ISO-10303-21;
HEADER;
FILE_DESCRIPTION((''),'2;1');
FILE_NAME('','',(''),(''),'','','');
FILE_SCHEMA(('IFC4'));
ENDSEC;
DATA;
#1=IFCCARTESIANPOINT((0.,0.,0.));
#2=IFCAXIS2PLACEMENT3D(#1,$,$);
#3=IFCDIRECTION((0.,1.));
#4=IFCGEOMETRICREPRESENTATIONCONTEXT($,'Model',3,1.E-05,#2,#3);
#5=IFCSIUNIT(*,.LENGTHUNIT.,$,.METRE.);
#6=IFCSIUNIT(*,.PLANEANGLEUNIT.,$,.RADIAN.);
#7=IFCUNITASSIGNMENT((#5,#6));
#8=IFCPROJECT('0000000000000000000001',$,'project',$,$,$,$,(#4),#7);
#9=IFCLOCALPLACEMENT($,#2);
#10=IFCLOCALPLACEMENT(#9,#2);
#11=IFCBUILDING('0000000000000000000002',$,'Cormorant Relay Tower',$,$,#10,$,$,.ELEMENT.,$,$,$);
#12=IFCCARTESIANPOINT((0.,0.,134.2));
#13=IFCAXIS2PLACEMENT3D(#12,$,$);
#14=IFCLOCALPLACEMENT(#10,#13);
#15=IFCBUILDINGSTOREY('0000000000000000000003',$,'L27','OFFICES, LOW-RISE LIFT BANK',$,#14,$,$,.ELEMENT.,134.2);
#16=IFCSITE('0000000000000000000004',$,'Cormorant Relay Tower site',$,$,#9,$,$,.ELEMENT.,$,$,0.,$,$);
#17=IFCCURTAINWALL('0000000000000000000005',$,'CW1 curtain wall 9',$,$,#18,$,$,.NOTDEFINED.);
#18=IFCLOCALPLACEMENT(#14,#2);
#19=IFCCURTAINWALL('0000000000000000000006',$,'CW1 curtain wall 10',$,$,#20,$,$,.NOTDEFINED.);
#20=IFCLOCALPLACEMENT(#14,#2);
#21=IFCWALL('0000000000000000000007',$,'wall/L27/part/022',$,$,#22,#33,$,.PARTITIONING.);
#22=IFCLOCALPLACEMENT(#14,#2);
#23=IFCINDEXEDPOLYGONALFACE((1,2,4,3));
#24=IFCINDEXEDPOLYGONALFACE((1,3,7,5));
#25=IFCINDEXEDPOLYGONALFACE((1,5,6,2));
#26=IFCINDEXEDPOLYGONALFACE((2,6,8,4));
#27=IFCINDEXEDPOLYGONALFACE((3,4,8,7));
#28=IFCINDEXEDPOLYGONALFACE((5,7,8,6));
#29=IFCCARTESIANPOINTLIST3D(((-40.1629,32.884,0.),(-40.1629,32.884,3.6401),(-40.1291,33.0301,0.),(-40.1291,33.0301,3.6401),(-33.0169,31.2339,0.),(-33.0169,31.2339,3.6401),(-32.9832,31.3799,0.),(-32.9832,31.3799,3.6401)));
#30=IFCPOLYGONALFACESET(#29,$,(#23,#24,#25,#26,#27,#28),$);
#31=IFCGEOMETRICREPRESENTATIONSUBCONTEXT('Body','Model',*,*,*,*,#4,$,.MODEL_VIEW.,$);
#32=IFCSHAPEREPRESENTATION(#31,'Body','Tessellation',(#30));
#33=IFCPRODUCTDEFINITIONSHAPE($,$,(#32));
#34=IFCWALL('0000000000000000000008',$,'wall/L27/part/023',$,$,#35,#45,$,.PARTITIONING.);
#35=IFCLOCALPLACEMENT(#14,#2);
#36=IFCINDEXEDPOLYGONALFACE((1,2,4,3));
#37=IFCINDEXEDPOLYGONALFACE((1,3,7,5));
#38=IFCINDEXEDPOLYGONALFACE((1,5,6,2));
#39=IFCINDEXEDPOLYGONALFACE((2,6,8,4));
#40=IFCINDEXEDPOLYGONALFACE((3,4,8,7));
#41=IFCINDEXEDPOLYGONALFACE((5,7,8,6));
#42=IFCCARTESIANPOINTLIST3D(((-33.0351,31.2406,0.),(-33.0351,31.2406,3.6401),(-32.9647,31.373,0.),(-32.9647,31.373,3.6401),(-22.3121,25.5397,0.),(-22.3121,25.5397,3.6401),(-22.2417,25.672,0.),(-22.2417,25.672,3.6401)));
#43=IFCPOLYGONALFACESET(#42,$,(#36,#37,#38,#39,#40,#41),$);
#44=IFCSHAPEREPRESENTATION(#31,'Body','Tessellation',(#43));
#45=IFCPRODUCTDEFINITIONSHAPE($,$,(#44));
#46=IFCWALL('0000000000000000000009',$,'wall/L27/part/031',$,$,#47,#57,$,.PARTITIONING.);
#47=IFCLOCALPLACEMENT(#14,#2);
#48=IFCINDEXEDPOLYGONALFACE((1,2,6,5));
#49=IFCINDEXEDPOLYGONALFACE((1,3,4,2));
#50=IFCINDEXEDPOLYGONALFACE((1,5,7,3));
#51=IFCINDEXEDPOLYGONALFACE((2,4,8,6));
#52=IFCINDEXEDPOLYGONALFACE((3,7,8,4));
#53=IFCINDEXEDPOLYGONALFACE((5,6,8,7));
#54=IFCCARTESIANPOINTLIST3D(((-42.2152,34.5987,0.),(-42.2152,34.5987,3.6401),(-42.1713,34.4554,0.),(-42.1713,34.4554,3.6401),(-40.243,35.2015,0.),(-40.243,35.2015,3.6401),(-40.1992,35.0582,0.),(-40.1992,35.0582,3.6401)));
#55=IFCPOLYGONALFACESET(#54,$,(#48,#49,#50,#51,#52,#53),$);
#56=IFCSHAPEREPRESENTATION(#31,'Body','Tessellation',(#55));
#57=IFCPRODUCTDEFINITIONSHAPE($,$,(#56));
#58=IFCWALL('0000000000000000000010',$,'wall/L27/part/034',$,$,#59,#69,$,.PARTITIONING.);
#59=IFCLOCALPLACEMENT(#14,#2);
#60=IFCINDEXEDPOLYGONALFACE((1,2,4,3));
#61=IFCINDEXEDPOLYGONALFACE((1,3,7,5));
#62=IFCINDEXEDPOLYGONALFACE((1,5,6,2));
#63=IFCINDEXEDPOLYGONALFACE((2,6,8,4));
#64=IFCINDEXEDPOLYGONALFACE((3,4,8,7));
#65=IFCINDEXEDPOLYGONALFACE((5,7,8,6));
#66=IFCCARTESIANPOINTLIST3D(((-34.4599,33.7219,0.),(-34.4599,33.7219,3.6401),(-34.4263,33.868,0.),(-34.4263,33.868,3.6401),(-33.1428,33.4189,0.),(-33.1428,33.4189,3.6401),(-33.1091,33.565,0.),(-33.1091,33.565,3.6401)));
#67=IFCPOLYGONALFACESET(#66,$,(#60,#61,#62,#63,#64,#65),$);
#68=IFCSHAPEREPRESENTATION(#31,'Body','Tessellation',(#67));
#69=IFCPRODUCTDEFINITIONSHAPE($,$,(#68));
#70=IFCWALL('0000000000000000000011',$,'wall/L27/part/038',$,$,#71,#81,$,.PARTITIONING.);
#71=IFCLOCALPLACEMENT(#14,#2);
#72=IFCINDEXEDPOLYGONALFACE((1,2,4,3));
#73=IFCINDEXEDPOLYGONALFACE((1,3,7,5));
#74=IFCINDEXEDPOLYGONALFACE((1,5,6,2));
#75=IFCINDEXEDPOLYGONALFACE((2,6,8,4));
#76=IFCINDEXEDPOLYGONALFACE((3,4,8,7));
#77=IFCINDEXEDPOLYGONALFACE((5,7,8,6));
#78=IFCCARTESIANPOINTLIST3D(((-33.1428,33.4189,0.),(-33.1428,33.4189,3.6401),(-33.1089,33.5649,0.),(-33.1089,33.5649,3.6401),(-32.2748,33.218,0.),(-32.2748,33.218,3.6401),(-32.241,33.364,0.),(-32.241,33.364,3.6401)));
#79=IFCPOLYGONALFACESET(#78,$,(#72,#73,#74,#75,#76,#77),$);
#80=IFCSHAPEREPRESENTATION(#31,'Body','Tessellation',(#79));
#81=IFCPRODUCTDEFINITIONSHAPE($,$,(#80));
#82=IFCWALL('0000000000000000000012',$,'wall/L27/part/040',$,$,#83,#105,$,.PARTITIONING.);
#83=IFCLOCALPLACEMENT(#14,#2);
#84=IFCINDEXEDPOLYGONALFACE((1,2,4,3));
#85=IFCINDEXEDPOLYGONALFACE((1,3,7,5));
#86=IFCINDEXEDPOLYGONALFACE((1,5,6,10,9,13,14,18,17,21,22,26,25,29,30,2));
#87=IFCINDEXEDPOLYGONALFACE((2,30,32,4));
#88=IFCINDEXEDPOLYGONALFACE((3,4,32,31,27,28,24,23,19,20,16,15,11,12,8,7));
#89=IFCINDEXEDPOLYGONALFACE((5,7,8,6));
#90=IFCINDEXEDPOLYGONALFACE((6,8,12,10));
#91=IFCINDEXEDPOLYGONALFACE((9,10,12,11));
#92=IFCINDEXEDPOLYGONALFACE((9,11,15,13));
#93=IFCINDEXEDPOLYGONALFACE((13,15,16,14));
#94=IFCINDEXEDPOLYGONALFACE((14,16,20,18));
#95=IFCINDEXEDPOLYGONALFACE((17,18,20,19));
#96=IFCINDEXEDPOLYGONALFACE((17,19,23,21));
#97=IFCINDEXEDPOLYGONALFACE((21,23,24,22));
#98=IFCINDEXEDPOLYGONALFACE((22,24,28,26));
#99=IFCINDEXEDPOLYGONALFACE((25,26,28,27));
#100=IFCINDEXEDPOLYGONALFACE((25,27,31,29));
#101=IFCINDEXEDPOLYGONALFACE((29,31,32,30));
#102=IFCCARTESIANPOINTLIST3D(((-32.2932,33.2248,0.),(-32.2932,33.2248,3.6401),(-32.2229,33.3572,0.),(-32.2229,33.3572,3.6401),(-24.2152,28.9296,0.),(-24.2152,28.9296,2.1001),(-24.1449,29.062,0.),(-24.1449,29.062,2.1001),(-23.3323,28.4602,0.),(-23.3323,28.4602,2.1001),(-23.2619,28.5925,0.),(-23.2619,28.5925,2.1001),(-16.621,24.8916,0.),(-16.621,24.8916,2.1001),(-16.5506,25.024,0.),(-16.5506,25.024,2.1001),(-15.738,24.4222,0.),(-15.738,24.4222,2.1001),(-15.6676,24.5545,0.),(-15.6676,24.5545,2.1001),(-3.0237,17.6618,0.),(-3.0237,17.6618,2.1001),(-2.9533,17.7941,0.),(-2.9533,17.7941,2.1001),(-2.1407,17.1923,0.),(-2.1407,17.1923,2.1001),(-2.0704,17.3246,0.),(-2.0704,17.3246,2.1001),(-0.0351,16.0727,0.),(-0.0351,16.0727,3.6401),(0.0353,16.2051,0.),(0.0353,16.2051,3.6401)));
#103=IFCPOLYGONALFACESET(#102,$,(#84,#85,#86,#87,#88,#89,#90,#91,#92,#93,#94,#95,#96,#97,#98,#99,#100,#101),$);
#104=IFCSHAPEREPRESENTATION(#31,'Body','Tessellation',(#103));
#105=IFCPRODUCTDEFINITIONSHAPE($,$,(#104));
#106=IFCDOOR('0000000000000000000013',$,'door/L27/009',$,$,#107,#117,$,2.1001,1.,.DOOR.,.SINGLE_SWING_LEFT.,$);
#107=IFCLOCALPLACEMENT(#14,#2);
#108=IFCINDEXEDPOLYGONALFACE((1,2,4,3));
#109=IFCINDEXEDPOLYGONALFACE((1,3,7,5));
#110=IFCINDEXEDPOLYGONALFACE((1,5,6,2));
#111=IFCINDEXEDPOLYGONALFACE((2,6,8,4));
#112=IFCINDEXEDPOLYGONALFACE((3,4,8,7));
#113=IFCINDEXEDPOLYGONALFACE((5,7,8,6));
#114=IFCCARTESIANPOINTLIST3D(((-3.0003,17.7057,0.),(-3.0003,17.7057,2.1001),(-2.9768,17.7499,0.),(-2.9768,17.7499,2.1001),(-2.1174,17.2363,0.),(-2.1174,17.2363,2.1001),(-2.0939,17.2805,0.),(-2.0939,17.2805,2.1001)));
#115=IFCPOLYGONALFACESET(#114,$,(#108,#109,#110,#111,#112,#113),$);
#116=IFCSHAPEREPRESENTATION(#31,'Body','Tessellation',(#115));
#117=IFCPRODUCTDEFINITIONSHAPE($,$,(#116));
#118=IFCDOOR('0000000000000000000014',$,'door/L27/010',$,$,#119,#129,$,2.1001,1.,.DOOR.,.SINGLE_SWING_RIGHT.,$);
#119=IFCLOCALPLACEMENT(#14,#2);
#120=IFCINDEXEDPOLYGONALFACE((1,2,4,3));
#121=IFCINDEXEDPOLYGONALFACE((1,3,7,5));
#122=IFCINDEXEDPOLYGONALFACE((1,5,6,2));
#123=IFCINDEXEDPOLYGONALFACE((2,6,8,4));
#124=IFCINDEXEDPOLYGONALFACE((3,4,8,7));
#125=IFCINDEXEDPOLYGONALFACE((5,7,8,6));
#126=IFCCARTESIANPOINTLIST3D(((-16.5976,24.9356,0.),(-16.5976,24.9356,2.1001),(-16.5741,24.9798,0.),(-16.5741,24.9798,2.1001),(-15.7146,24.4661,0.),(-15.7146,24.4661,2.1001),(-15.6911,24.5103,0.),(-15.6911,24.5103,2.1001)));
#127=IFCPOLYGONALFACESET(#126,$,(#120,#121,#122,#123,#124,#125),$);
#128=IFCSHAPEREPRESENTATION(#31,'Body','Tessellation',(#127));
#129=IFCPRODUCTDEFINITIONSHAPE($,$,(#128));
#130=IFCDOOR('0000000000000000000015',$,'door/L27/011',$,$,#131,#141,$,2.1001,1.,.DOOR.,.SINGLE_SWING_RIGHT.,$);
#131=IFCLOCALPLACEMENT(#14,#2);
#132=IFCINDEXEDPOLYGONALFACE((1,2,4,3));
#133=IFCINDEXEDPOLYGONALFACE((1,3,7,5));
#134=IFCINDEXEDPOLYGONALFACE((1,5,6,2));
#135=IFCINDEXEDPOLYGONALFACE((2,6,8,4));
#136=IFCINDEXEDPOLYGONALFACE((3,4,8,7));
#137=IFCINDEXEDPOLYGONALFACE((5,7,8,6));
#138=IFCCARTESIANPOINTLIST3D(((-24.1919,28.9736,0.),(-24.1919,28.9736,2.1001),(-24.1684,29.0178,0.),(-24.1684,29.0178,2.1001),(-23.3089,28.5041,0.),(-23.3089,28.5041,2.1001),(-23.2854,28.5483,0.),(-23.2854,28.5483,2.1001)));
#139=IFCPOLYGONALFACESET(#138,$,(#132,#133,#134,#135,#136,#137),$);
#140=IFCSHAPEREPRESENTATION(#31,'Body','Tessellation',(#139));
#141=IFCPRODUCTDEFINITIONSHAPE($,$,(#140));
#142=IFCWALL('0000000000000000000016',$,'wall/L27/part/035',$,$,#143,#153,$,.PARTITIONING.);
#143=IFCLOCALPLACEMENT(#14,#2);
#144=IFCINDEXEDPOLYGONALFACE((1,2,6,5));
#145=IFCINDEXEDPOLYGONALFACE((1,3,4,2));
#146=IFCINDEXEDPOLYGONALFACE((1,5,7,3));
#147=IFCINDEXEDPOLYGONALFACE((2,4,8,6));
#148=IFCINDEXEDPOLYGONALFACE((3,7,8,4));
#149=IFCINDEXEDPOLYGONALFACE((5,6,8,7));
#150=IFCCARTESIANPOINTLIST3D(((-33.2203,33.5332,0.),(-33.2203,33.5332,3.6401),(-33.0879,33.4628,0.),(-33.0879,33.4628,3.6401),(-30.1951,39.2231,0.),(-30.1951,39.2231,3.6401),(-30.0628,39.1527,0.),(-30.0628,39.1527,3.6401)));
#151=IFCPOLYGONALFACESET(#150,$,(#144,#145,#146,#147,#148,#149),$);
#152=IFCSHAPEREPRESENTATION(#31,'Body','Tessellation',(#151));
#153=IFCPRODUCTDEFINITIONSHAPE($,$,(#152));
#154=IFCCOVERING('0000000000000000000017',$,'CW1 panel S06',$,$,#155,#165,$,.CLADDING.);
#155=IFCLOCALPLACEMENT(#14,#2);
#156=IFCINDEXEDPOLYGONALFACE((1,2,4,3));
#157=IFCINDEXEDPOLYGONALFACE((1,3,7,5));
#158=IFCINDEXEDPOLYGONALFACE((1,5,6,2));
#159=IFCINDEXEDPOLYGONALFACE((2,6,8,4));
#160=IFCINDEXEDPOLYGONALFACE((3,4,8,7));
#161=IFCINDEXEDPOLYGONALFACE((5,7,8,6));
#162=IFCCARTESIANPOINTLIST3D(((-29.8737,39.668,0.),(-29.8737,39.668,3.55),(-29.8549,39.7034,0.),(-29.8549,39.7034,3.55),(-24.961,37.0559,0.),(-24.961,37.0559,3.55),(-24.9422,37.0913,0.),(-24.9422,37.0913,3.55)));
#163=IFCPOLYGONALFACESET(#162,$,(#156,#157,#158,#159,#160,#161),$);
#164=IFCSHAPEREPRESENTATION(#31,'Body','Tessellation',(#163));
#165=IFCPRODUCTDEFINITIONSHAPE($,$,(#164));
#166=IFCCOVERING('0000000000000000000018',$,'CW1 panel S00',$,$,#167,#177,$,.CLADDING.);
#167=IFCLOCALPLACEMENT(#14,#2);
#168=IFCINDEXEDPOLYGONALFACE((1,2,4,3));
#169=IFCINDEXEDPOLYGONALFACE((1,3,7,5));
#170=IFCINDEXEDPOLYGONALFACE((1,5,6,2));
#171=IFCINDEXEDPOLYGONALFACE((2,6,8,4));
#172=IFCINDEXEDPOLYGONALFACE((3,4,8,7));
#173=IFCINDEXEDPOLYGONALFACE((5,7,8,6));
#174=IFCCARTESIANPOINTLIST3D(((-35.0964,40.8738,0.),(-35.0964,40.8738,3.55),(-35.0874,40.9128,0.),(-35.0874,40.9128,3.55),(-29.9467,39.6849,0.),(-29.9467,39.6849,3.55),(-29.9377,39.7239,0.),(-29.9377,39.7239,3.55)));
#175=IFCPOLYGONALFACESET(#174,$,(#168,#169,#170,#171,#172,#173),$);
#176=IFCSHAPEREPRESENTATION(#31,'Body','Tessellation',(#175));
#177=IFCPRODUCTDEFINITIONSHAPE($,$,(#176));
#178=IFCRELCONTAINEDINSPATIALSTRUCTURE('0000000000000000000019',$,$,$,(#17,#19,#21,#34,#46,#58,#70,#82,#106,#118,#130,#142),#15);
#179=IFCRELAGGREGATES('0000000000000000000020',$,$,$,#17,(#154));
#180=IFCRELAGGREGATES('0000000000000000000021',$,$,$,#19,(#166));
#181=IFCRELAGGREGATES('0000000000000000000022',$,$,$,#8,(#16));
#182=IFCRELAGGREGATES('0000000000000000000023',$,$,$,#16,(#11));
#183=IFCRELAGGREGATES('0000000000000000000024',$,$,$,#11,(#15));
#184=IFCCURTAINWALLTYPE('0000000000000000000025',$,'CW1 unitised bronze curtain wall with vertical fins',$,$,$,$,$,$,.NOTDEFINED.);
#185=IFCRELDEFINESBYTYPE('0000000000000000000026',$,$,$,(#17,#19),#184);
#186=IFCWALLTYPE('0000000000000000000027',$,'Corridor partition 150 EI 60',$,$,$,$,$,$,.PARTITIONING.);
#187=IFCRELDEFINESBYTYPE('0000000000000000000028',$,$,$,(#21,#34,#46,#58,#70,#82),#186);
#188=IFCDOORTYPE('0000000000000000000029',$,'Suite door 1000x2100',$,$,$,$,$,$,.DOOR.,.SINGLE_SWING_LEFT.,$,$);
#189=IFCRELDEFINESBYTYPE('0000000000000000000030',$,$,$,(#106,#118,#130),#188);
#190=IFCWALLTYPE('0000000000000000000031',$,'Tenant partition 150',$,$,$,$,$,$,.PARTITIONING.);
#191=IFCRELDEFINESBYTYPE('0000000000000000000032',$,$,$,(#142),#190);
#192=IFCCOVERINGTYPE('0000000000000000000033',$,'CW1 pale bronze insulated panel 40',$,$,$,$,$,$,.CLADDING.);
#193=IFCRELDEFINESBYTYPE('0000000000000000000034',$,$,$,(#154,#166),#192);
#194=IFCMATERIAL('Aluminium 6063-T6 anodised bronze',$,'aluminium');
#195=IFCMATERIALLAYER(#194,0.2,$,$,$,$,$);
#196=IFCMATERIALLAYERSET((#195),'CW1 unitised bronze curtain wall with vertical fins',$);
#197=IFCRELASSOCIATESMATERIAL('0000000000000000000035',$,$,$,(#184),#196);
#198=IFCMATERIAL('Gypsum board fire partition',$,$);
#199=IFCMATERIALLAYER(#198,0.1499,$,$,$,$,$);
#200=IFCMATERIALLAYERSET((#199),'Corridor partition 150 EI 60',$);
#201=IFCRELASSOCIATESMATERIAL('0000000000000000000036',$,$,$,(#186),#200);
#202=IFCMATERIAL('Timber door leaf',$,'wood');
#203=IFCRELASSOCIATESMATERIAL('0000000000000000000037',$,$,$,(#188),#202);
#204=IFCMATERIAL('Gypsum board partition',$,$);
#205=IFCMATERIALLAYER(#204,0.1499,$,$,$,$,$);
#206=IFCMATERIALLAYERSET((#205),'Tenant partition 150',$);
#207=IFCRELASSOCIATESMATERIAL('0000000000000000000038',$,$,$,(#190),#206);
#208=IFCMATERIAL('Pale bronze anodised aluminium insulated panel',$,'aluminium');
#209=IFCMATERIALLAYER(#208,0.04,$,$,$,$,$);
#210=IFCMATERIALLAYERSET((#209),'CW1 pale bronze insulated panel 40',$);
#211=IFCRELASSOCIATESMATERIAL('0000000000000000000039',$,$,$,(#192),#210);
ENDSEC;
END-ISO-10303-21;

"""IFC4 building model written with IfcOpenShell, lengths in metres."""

from ifc_helpers import new_model, si_unit, direction, frame, frame_2d, origin, origin_2d, place, context, subcontext, project, spatial, rectangle, extrude, material, layer, layer_set, type_object, element, fill, aggregate, save


model = new_model("IFC4")

# Units and contexts
model_context = context("Model", 3, precision=1e-05, world=origin(), true_north=direction((0.0, 1.0)))
body_context = subcontext(model_context, "Body", "Model", "MODEL_VIEW")
ifc_project = project(units=[si_unit("LENGTHUNIT", "METRE"), si_unit("PLANEANGLEUNIT", "RADIAN")], contexts=[model_context])

# Site, building, storey
site_placement = place(None, origin())
site = spatial("IfcSite", under=ifc_project, at=site_placement, Name="Cormorant Relay Tower site", CompositionType="ELEMENT", RefElevation=0.0)
building_placement = place(site_placement, origin())
building = spatial("IfcBuilding", under=site, at=building_placement, Name="Cormorant Relay Tower", CompositionType="ELEMENT")
storey_placement = place(building_placement, frame((0.0, 0.0, 134.2)))
storey = spatial("IfcBuildingStorey", under=building, at=storey_placement, Name="L27", Description="OFFICES, LOW-RISE LIFT BANK", CompositionType="ELEMENT", Elevation=134.2)

# Curtain wall
ifc_material_1 = material(Name="Aluminium 6063-T6 anodised bronze", Category="aluminium")
ifc_layer_1 = layer(ifc_material_1, 0.2)
ifc_layer_set_1 = layer_set([ifc_layer_1], Name="CW1 unitised bronze curtain wall with vertical fins")
curtain_wall_type = type_object("IfcCurtainWallType", Name="CW1 unitised bronze curtain wall with vertical fins", PredefinedType="NOTDEFINED", material=ifc_layer_set_1)
curtain_wall_1_placement = place(storey_placement, origin())
curtain_wall_1 = element("IfcCurtainWall", 1, at=curtain_wall_1_placement, inside=storey, type_object=curtain_wall_type, Name="CW1 curtain wall 9", PredefinedType="NOTDEFINED")

# Curtain wall
curtain_wall_2_placement = place(storey_placement, origin())
curtain_wall_2 = element("IfcCurtainWall", 2, at=curtain_wall_2_placement, inside=storey, type_object=curtain_wall_type, Name="CW1 curtain wall 10", PredefinedType="NOTDEFINED")

# Walls
ifc_material_2 = material(Name="Gypsum board fire partition")
ifc_layer_2 = layer(ifc_material_2, 0.1499)
ifc_layer_set_2 = layer_set([ifc_layer_2], Name="Corridor partition 150 EI 60")
wall_type_1 = type_object("IfcWallType", Name="Corridor partition 150 EI 60", PredefinedType="PARTITIONING", material=ifc_layer_set_2)
wall_1_placement = place(storey_placement, frame((-40.146, 32.957, 0.0), z_axis=(0.0, 0.0, 1.0), x_axis=(0.974359, -0.224998, 0.0)))
element("IfcWall", 3, at=wall_1_placement, inside=storey, type_object=wall_type_1, Name="wall/L27/part/022", PredefinedType="PARTITIONING", context=body_context, shape_type="SweptSolid", body=[
    extrude(rectangle(XDim=7.334, YDim=0.1499, at=frame_2d((3.667, 0.0))), origin(), (0.0, 0.0, 1.0), 3.6401),
])
wall_2_placement = place(storey_placement, frame((-33.0, 31.3069, 0.0), z_axis=(0.0, 0.0, 1.0), x_axis=(0.882966, -0.469437, 0.0)))
element("IfcWall", 4, at=wall_2_placement, inside=storey, type_object=wall_type_1, Name="wall/L27/part/023", PredefinedType="PARTITIONING", context=body_context, shape_type="SweptSolid", body=[
    extrude(rectangle(XDim=12.1443, YDim=0.1499, at=frame_2d((6.0723, 0.0))), origin(), (0.0, 0.0, 1.0), 3.6401),
])
wall_3_placement = place(storey_placement, frame((-40.2209, 35.1299, 0.0), z_axis=(0.0, 0.0, 1.0), x_axis=(-0.956328, -0.292297, 0.0)))
element("IfcWall", 5, at=wall_3_placement, inside=storey, type_object=wall_type_1, Name="wall/L27/part/031", PredefinedType="PARTITIONING", context=body_context, shape_type="SweptSolid", body=[
    extrude(rectangle(XDim=2.0623, YDim=0.1499, at=frame_2d((1.0312, 0.0))), origin(), (0.0, 0.0, 1.0), 3.6401),
])
wall_4_placement = place(storey_placement, frame((-34.4431, 33.7949, 0.0), z_axis=(0.0, 0.0, 1.0), x_axis=(0.974549, -0.224173, 0.0)))
element("IfcWall", 6, at=wall_4_placement, inside=storey, type_object=wall_type_1, Name="wall/L27/part/034", PredefinedType="PARTITIONING", context=body_context, shape_type="SweptSolid", body=[
    extrude(rectangle(XDim=1.3516, YDim=0.1499, at=frame_2d((0.6758, 0.0))), origin(), (0.0, 0.0, 1.0), 3.6401),
])
wall_5_placement = place(storey_placement, frame((-32.2581, 33.291, 0.0), z_axis=(0.0, 0.0, 1.0), x_axis=(-0.974234, 0.22554, 0.0)))
element("IfcWall", 7, at=wall_5_placement, inside=storey, type_object=wall_type_1, Name="wall/L27/part/038", PredefinedType="PARTITIONING", context=body_context, shape_type="SweptSolid", body=[
    extrude(rectangle(XDim=0.8909, YDim=0.1499, at=frame_2d((0.4453, 0.0))), origin(), (0.0, 0.0, 1.0), 3.6401),
])

# Wall, openings, doors
wall_6_placement = place(storey_placement, frame((-32.2581, 33.291, 0.0), z_axis=(0.0, 0.0, 1.0), x_axis=(0.882945, -0.469476, 0.0)))
wall_6 = element("IfcWall", 8, at=wall_6_placement, inside=storey, type_object=wall_type_1, Name="wall/L27/part/040", PredefinedType="PARTITIONING", context=body_context, shape_type="SweptSolid", body=[
    extrude(rectangle(XDim=36.5347, YDim=0.1499, at=frame_2d((18.2673, 0.0))), origin(), (0.0, 0.0, 1.0), 3.6401),
])
opening_1_placement = place(wall_6_placement, frame((33.1499, 0.0, 0.0)))
opening_1 = element("IfcOpeningElement", 9, at=opening_1_placement, cuts=wall_6, PredefinedType="OPENING", context=body_context, shape_type="SweptSolid", body=[
    extrude(rectangle(XDim=1.0, YDim=2.1001, at=frame_2d((0.5, 1.05))), frame((0.0, 0.085, 0.0), z_axis=(0.0, -1.0, 0.0), x_axis=(1.0, 0.0, 0.0)), (0.0, 0.0, 1.0), 0.1699),
])
opening_2_placement = place(wall_6_placement, frame((17.75, 0.0, 0.0)))
opening_2 = element("IfcOpeningElement", 10, at=opening_2_placement, cuts=wall_6, PredefinedType="OPENING", context=body_context, shape_type="SweptSolid", body=[
    extrude(rectangle(XDim=1.0, YDim=2.1001, at=frame_2d((0.5, 1.05))), frame((0.0, 0.085, 0.0), z_axis=(0.0, -1.0, 0.0), x_axis=(1.0, 0.0, 0.0)), (0.0, 0.0, 1.0), 0.1699),
])
opening_3_placement = place(wall_6_placement, frame((9.1489, 0.0, 0.0)))
opening_3 = element("IfcOpeningElement", 11, at=opening_3_placement, cuts=wall_6, PredefinedType="OPENING", context=body_context, shape_type="SweptSolid", body=[
    extrude(rectangle(XDim=1.0, YDim=2.1001, at=frame_2d((0.5, 1.05))), frame((0.0, 0.085, 0.0), z_axis=(0.0, -1.0, 0.0), x_axis=(1.0, 0.0, 0.0)), (0.0, 0.0, 1.0), 0.1699),
])
ifc_material_3 = material(Name="Timber door leaf", Category="wood")
door_type_1 = type_object("IfcDoorType", Name="Suite door 1000x2100", OperationType="SINGLE_SWING_LEFT", PredefinedType="DOOR", material=ifc_material_3)
door_1_placement = place(opening_1_placement, origin())
door_1 = element("IfcDoor", 12, at=door_1_placement, inside=storey, type_object=door_type_1, Name="door/L27/009", OperationType="SINGLE_SWING_LEFT", OverallHeight=2.1001, OverallWidth=1.0, PredefinedType="DOOR", context=body_context, shape_type="SweptSolid", body=[
    extrude(rectangle(XDim=1.0, YDim=2.1001, at=frame_2d((0.5, 1.05))), frame((0.0, 0.0249, 0.0), z_axis=(0.0, -1.0, 0.0), x_axis=(1.0, 0.0, 0.0)), (0.0, 0.0, 1.0), 0.05),
])
fill(opening_1, door_1)
door_2_placement = place(opening_2_placement, origin())
door_2 = element("IfcDoor", 13, at=door_2_placement, inside=storey, type_object=door_type_1, Name="door/L27/010", OperationType="SINGLE_SWING_RIGHT", OverallHeight=2.1001, OverallWidth=1.0, PredefinedType="DOOR", context=body_context, shape_type="SweptSolid", body=[
    extrude(rectangle(XDim=1.0, YDim=2.1001, at=frame_2d((0.5, 1.05))), frame((0.0, 0.0249, 0.0), z_axis=(0.0, -1.0, 0.0), x_axis=(1.0, 0.0, 0.0)), (0.0, 0.0, 1.0), 0.05),
])
fill(opening_2, door_2)
door_3_placement = place(opening_3_placement, origin())
door_3 = element("IfcDoor", 14, at=door_3_placement, inside=storey, type_object=door_type_1, Name="door/L27/011", OperationType="SINGLE_SWING_RIGHT", OverallHeight=2.1001, OverallWidth=1.0, PredefinedType="DOOR", context=body_context, shape_type="SweptSolid", body=[
    extrude(rectangle(XDim=1.0, YDim=2.1001, at=frame_2d((0.5, 1.05))), frame((0.0, 0.0249, 0.0), z_axis=(0.0, -1.0, 0.0), x_axis=(1.0, 0.0, 0.0)), (0.0, 0.0, 1.0), 0.05),
])
fill(opening_3, door_3)

# Wall
ifc_material_4 = material(Name="Gypsum board partition")
ifc_layer_3 = layer(ifc_material_4, 0.1499)
ifc_layer_set_3 = layer_set([ifc_layer_3], Name="Tenant partition 150")
wall_type_2 = type_object("IfcWallType", Name="Tenant partition 150", PredefinedType="PARTITIONING", material=ifc_layer_set_3)
wall_7_placement = place(storey_placement, frame((-30.1289, 39.188, 0.0), z_axis=(0.0, 0.0, 1.0), x_axis=(-0.469441, -0.882964, 0.0)))
element("IfcWall", 15, at=wall_7_placement, inside=storey, type_object=wall_type_2, Name="wall/L27/part/035", PredefinedType="PARTITIONING", context=body_context, shape_type="SweptSolid", body=[
    extrude(rectangle(XDim=6.4441, YDim=0.1499, at=frame_2d((3.2222, 0.0))), origin(), (0.0, 0.0, 1.0), 3.6401),
])

# Coverings
ifc_material_5 = material(Name="Pale bronze anodised aluminium insulated panel", Category="aluminium")
ifc_layer_4 = layer(ifc_material_5, 0.04)
ifc_layer_set_4 = layer_set([ifc_layer_4], Name="CW1 pale bronze insulated panel 40")
covering_type = type_object("IfcCoveringType", Name="CW1 pale bronze insulated panel 40", PredefinedType="CLADDING", material=ifc_layer_set_4)
covering_1_placement = place(storey_placement, frame((-27.408, 38.3796, 0.0), z_axis=(0.0, 0.0, 1.0), x_axis=(-0.882948, 0.469472, 0.0)))
covering_1 = element("IfcCovering", 16, at=covering_1_placement, type_object=covering_type, Name="CW1 panel S06", PredefinedType="CLADDING", context=body_context, shape_type="SweptSolid", body=[
    extrude(rectangle(XDim=5.564, YDim=0.04, at=origin_2d()), origin(), (0.0, 0.0, 1.0), 3.55),
])
aggregate(curtain_wall_1, [covering_1])
covering_2_placement = place(storey_placement, frame((-32.5171, 40.2988, 0.0), z_axis=(0.0, 0.0, 1.0), x_axis=(-0.97437, 0.224951, 0.0)))
covering_2 = element("IfcCovering", 17, at=covering_2_placement, type_object=covering_type, Name="CW1 panel S00", PredefinedType="CLADDING", context=body_context, shape_type="SweptSolid", body=[
    extrude(rectangle(XDim=5.2852, YDim=0.04, at=origin_2d()), origin(), (0.0, 0.0, 1.0), 3.55),
])
aggregate(curtain_wall_2, [covering_2])

save(model, "model.ifc")
